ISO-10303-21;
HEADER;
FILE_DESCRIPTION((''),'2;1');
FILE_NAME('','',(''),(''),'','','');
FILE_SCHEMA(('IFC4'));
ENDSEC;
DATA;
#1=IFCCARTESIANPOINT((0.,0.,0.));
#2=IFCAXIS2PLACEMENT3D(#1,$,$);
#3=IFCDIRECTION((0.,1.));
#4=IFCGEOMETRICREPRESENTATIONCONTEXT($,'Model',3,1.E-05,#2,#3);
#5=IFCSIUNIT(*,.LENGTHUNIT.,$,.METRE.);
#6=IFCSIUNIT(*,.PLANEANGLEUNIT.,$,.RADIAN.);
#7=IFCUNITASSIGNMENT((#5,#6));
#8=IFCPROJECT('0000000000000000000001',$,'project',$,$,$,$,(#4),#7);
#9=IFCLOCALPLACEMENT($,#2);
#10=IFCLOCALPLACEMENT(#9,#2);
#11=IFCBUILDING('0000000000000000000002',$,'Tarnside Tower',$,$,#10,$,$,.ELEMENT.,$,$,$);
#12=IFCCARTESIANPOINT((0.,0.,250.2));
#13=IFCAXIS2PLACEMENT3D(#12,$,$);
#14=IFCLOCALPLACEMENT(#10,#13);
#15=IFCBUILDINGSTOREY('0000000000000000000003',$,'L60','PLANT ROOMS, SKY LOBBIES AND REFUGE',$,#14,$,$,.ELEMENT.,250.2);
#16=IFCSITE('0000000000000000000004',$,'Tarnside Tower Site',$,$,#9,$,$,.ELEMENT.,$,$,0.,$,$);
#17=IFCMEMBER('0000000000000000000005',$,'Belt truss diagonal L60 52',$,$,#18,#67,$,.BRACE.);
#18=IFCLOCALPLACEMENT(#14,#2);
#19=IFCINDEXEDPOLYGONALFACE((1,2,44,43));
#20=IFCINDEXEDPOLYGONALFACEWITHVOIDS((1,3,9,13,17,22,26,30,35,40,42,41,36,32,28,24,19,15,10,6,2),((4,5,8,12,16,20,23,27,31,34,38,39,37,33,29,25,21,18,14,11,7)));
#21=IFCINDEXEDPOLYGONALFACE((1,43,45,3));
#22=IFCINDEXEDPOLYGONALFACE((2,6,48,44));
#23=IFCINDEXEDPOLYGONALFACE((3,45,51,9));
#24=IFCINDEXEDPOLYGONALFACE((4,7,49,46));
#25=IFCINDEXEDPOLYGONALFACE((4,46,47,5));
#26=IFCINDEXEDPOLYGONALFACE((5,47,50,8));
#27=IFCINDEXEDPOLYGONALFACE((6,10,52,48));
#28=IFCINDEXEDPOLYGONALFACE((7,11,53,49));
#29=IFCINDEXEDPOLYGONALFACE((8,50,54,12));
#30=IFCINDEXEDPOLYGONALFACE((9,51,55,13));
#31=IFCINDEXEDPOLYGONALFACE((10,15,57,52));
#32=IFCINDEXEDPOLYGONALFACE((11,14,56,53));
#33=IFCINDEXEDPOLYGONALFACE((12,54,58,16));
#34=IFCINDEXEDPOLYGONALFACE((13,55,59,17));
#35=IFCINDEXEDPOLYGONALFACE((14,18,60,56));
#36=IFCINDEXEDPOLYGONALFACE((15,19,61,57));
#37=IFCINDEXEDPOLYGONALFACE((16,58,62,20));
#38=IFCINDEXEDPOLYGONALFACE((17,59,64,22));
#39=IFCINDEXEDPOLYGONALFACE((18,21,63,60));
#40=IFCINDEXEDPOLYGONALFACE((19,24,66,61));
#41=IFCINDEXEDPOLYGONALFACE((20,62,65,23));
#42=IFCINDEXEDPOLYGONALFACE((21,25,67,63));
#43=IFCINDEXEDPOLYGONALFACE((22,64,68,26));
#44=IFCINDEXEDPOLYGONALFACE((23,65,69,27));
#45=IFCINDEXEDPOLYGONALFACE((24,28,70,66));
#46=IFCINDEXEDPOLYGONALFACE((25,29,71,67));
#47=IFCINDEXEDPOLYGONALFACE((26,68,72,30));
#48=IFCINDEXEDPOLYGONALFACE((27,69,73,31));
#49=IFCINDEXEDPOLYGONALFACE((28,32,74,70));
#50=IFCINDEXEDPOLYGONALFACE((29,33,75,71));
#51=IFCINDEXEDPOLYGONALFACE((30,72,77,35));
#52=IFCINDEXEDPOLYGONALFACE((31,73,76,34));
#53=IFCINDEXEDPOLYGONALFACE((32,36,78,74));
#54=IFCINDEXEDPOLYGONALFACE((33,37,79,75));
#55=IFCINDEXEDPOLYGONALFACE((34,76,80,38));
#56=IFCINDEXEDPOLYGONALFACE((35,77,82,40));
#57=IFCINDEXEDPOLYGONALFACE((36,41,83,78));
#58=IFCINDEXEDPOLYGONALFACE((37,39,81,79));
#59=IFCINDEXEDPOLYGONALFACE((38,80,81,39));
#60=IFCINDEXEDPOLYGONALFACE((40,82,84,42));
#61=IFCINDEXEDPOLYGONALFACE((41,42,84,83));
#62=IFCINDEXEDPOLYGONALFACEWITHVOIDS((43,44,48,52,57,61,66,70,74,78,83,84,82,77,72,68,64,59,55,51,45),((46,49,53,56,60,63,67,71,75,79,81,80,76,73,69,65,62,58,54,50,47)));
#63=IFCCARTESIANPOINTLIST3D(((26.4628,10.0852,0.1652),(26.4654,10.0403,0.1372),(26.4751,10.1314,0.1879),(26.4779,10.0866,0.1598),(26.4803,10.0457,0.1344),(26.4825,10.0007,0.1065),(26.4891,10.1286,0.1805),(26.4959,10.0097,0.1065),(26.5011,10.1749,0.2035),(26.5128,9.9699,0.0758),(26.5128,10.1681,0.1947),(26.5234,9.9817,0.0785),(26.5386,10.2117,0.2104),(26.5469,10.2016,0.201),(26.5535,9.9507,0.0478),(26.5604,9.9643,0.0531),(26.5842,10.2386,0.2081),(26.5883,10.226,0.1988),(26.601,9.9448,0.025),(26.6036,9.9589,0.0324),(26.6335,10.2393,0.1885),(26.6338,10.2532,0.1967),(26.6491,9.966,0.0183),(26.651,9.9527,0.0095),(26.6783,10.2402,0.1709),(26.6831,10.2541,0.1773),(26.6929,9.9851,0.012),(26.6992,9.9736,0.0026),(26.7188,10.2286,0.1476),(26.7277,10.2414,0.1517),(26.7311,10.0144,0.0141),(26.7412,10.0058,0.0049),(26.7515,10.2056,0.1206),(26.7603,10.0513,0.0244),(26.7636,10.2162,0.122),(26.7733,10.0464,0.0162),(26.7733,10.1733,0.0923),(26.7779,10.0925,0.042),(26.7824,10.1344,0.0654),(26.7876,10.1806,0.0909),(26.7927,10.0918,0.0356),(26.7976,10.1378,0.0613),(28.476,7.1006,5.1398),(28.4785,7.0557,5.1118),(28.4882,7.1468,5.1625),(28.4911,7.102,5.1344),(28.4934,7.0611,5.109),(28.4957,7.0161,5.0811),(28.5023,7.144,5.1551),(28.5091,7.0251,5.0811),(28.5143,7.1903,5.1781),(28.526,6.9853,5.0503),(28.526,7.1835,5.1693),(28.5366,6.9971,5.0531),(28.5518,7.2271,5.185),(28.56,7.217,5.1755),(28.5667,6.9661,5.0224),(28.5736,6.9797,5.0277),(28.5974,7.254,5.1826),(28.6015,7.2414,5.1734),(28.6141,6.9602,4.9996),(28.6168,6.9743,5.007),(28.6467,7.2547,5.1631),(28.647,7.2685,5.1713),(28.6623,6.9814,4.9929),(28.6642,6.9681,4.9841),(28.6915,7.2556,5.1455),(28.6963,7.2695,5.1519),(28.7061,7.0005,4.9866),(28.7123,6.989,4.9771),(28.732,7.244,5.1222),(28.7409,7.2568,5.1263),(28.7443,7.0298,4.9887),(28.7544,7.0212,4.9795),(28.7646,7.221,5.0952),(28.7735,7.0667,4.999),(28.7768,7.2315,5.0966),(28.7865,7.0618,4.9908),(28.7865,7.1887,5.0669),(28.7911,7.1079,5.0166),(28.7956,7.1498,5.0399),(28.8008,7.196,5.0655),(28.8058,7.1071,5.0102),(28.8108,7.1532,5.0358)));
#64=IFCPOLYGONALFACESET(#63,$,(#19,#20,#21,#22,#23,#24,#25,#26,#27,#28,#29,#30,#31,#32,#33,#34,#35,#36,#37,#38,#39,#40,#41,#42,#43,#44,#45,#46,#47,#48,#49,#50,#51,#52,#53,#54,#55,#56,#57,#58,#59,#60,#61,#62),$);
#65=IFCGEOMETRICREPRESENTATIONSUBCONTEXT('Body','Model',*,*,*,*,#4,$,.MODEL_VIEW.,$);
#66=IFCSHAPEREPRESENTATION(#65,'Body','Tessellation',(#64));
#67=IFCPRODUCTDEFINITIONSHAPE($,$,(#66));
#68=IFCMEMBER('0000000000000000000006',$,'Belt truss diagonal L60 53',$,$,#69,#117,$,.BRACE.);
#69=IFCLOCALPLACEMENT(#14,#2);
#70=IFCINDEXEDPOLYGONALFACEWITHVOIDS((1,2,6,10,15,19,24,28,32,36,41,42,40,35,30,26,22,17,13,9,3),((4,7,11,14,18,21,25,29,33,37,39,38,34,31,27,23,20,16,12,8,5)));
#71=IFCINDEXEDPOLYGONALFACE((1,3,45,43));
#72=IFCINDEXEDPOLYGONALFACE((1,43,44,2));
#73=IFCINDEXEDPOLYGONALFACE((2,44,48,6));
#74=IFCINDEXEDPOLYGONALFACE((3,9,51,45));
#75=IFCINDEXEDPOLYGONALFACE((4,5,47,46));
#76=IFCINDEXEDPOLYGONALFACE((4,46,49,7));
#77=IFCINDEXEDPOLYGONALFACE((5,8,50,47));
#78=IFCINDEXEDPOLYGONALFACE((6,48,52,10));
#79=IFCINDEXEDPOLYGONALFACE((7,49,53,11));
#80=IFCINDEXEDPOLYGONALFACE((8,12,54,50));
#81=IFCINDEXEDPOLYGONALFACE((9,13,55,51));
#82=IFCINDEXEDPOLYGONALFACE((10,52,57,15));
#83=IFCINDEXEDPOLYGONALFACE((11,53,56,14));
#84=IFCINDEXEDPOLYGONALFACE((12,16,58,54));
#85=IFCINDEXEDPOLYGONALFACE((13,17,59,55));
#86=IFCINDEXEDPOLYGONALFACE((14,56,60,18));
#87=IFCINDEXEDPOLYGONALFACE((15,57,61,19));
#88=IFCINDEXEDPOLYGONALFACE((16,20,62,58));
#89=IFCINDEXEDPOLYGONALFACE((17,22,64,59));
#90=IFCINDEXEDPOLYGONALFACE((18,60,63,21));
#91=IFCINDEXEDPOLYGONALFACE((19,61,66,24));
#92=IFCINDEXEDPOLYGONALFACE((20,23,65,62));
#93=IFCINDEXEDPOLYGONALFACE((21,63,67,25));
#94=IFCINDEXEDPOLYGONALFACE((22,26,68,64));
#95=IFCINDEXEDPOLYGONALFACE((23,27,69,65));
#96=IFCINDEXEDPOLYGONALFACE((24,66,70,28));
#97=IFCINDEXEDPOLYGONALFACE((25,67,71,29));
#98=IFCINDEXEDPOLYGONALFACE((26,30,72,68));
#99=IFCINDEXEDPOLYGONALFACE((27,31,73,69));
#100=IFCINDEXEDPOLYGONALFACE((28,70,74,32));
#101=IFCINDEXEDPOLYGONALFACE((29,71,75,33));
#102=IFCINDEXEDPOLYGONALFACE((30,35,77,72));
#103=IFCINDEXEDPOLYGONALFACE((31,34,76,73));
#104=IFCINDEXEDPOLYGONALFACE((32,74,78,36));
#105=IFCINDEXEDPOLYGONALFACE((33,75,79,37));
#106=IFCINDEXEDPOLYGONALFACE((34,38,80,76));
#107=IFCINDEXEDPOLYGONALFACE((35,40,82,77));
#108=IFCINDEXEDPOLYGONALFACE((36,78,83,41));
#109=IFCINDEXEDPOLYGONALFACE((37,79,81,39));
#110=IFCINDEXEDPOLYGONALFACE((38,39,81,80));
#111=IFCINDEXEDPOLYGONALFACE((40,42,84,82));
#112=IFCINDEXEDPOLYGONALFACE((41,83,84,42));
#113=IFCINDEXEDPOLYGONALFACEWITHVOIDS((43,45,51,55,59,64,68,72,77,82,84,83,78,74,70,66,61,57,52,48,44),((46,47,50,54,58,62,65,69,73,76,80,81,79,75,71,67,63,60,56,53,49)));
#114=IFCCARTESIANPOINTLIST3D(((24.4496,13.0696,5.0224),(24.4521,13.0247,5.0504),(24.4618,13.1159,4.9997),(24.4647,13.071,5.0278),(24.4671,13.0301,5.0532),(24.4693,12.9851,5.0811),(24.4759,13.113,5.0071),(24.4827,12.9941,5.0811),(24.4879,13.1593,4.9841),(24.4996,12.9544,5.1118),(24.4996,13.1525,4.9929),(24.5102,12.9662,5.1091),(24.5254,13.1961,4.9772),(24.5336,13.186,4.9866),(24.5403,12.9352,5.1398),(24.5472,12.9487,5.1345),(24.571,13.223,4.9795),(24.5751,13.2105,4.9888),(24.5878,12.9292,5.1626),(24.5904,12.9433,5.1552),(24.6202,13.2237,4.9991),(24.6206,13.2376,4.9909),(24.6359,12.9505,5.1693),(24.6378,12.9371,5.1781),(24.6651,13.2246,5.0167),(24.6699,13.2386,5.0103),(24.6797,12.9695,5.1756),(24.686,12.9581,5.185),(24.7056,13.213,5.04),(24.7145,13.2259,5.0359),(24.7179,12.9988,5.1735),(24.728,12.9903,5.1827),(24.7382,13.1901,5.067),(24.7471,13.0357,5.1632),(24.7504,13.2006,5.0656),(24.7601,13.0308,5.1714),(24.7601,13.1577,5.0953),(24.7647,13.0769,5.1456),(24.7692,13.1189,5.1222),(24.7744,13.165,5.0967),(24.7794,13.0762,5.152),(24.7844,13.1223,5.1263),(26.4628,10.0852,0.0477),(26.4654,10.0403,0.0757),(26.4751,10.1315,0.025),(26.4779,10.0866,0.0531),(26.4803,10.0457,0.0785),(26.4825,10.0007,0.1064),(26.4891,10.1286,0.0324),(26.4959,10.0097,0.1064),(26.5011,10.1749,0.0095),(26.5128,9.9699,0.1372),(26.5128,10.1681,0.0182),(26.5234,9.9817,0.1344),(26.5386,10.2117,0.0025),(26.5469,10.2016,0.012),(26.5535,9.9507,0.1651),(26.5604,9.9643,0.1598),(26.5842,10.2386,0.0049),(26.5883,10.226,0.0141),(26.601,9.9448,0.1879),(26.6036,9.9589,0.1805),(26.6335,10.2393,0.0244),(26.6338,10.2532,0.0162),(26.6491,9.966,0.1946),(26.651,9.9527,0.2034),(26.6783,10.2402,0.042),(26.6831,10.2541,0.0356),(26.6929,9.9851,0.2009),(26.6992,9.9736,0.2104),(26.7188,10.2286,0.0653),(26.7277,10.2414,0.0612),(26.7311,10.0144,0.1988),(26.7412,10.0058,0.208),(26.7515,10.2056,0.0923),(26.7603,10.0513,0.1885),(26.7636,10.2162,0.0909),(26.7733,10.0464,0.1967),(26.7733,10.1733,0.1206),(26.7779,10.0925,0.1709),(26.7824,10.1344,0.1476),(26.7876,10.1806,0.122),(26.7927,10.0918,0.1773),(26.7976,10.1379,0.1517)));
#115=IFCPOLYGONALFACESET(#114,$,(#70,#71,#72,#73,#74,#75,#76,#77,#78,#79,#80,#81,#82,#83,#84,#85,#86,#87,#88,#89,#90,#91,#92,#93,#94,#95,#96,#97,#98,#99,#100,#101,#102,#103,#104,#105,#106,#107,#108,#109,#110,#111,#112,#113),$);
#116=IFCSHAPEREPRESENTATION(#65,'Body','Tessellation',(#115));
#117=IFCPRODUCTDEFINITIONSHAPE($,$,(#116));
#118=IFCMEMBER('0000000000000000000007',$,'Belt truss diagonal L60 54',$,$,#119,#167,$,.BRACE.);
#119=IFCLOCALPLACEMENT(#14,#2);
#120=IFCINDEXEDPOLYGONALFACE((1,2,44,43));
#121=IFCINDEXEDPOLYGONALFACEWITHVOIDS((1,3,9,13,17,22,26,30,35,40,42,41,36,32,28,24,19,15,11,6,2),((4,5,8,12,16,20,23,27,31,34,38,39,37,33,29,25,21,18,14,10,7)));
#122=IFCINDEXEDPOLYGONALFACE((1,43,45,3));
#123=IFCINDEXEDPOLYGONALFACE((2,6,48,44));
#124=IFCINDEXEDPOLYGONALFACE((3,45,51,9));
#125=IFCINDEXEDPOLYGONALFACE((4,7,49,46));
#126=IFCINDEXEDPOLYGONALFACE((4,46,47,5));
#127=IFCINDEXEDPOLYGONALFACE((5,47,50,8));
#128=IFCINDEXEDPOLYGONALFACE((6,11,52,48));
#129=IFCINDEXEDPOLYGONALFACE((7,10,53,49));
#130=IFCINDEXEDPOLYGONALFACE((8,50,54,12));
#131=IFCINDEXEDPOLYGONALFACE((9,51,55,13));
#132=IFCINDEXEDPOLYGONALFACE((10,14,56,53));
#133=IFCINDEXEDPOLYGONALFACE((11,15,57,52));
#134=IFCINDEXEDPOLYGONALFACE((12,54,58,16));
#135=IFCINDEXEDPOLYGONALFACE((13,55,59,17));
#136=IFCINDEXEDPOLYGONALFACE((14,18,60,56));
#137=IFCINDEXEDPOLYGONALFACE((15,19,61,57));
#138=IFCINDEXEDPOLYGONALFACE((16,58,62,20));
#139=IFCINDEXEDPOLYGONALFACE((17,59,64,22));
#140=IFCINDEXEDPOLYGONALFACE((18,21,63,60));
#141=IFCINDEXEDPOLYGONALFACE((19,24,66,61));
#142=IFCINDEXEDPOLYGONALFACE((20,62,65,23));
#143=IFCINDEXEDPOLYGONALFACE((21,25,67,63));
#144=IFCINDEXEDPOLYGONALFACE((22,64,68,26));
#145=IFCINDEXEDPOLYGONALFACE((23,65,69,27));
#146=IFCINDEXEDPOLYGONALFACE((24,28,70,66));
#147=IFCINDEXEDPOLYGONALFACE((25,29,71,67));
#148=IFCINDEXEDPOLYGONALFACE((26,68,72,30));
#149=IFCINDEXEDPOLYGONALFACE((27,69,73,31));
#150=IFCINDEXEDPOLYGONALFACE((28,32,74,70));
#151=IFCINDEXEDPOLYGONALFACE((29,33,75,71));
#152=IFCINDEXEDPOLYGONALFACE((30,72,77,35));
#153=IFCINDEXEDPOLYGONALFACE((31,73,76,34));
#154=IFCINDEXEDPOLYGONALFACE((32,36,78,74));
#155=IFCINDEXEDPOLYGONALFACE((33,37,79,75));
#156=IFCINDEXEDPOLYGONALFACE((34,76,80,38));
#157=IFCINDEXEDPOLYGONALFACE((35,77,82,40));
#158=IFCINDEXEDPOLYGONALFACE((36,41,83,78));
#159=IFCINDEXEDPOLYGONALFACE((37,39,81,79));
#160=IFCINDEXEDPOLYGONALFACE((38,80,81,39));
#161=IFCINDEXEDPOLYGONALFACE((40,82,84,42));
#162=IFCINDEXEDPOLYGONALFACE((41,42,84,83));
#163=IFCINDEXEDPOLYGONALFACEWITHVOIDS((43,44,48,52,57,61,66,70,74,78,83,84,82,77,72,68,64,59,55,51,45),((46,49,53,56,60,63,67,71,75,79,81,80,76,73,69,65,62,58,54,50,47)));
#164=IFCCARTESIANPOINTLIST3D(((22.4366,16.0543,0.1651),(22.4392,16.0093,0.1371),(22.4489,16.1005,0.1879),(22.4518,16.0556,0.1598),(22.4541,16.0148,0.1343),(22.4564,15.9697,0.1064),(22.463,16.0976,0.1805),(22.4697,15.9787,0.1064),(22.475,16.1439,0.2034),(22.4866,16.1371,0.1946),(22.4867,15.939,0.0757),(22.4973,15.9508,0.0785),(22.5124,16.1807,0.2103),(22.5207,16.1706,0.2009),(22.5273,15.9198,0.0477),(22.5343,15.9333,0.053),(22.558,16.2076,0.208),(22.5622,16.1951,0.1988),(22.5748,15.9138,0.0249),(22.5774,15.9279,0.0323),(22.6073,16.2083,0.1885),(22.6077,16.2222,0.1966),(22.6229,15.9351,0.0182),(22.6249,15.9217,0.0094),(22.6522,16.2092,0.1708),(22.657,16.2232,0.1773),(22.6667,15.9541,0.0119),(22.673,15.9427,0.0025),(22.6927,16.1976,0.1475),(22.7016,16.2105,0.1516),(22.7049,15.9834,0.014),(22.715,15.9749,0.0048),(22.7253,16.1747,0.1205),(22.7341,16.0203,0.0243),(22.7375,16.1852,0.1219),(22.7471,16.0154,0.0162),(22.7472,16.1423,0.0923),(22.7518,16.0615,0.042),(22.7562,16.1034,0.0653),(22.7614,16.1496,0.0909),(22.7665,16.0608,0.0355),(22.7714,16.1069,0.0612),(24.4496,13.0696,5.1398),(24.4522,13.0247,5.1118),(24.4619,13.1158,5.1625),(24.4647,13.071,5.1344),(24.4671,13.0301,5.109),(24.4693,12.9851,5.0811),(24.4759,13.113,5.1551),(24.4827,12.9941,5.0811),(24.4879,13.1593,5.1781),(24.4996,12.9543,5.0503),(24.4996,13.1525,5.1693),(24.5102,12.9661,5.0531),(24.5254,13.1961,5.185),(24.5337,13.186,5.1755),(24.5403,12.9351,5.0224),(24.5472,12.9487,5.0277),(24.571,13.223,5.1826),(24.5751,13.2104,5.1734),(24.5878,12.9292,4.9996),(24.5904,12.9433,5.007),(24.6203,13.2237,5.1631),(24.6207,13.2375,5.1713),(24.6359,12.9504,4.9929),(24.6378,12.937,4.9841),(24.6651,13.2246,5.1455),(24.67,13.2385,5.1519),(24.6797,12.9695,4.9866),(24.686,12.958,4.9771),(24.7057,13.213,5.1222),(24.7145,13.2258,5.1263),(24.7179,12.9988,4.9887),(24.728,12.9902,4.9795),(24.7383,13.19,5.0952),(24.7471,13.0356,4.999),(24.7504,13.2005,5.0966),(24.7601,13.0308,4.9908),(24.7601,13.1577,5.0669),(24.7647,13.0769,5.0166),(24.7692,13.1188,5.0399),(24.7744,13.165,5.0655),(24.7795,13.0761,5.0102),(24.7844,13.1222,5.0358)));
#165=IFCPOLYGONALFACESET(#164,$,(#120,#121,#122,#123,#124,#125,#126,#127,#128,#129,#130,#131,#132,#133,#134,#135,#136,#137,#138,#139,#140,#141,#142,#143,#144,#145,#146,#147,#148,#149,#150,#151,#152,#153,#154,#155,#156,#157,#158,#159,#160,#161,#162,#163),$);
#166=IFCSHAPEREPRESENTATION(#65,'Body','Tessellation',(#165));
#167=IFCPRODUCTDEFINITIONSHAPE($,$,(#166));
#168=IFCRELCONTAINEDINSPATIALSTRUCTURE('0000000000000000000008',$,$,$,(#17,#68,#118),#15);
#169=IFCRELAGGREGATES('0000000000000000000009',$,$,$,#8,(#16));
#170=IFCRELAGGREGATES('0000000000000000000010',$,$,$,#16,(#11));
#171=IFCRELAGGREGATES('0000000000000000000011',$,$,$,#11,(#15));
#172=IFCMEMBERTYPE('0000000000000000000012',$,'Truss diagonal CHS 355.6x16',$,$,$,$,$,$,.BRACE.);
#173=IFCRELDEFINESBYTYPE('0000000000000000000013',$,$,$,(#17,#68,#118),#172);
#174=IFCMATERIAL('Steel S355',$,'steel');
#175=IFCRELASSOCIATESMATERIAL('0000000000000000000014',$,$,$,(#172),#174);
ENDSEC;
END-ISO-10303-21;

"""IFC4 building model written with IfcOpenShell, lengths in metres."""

from ifc_helpers import new_model, si_unit, direction, frame, origin, origin_2d, place, context, subcontext, project, spatial, hollow_circle, extrude, material, material_profile, profile_set, type_object, element, save


model = new_model("IFC4")

# Units and contexts
model_context = context("Model", 3, precision=1e-05, world=origin(), true_north=direction((0.0, 1.0)))
body_context = subcontext(model_context, "Body", "Model", "MODEL_VIEW")
ifc_project = project(units=[si_unit("LENGTHUNIT", "METRE"), si_unit("PLANEANGLEUNIT", "RADIAN")], contexts=[model_context])

# Site, building, storey
site_placement = place(None, origin())
site = spatial("IfcSite", under=ifc_project, at=site_placement, Name="Tarnside Tower Site", CompositionType="ELEMENT", RefElevation=0.0)
building_placement = place(site_placement, origin())
building = spatial("IfcBuilding", under=site, at=building_placement, Name="Tarnside Tower", CompositionType="ELEMENT")
storey_placement = place(building_placement, frame((0.0, 0.0, 250.2)))
storey = spatial("IfcBuildingStorey", under=building, at=storey_placement, Name="L60", Description="PLANT ROOMS, SKY LOBBIES AND REFUGE", CompositionType="ELEMENT", Elevation=250.2)

# Shared definitions
ifc_material_1 = material(Name="Steel S355", Category="steel")

# Members
ifc_material_profile_1 = material_profile(ifc_material_1, hollow_circle(Radius=0.1777, WallThickness=0.0161, at=origin_2d()), Name="CHS 355.6x16")
ifc_profile_set_1 = profile_set([ifc_material_profile_1], Name="Steel S355")
member_type_1 = type_object("IfcMemberType", Name="Truss diagonal CHS 355.6x16", PredefinedType="BRACE", material=ifc_profile_set_1)
for number, where, z_axis, x_axis, name in (
    (1, (28.6431, 7.1155, 5.0811), (-0.327845, 0.486043, -0.810111), (-0.829033, -0.559199, 0.0), "Belt truss diagonal L60 52"),
    (2, (26.6299, 10.1001, 0.1064), (-0.327852, 0.486012, 0.810127), (-0.829012, -0.559231, 0.0), "Belt truss diagonal L60 53"),
    (3, (24.6167, 13.0845, 5.0811), (-0.32781, 0.486049, -0.810122), (-0.829065, -0.559153, 0.0), "Belt truss diagonal L60 54"),
):
    element("IfcMember", number, at=place(storey_placement, frame(where, z_axis=z_axis, x_axis=x_axis)), inside=storey, type_object=member_type_1, Name=name, PredefinedType="BRACE", context=body_context, shape_type="SweptSolid", body=[
        extrude(hollow_circle(Radius=0.1777, WallThickness=0.0161, at=origin_2d()), origin(), (0.0, 0.0, 1.0), 6.1406),
    ])

save(model, "model.ifc")
